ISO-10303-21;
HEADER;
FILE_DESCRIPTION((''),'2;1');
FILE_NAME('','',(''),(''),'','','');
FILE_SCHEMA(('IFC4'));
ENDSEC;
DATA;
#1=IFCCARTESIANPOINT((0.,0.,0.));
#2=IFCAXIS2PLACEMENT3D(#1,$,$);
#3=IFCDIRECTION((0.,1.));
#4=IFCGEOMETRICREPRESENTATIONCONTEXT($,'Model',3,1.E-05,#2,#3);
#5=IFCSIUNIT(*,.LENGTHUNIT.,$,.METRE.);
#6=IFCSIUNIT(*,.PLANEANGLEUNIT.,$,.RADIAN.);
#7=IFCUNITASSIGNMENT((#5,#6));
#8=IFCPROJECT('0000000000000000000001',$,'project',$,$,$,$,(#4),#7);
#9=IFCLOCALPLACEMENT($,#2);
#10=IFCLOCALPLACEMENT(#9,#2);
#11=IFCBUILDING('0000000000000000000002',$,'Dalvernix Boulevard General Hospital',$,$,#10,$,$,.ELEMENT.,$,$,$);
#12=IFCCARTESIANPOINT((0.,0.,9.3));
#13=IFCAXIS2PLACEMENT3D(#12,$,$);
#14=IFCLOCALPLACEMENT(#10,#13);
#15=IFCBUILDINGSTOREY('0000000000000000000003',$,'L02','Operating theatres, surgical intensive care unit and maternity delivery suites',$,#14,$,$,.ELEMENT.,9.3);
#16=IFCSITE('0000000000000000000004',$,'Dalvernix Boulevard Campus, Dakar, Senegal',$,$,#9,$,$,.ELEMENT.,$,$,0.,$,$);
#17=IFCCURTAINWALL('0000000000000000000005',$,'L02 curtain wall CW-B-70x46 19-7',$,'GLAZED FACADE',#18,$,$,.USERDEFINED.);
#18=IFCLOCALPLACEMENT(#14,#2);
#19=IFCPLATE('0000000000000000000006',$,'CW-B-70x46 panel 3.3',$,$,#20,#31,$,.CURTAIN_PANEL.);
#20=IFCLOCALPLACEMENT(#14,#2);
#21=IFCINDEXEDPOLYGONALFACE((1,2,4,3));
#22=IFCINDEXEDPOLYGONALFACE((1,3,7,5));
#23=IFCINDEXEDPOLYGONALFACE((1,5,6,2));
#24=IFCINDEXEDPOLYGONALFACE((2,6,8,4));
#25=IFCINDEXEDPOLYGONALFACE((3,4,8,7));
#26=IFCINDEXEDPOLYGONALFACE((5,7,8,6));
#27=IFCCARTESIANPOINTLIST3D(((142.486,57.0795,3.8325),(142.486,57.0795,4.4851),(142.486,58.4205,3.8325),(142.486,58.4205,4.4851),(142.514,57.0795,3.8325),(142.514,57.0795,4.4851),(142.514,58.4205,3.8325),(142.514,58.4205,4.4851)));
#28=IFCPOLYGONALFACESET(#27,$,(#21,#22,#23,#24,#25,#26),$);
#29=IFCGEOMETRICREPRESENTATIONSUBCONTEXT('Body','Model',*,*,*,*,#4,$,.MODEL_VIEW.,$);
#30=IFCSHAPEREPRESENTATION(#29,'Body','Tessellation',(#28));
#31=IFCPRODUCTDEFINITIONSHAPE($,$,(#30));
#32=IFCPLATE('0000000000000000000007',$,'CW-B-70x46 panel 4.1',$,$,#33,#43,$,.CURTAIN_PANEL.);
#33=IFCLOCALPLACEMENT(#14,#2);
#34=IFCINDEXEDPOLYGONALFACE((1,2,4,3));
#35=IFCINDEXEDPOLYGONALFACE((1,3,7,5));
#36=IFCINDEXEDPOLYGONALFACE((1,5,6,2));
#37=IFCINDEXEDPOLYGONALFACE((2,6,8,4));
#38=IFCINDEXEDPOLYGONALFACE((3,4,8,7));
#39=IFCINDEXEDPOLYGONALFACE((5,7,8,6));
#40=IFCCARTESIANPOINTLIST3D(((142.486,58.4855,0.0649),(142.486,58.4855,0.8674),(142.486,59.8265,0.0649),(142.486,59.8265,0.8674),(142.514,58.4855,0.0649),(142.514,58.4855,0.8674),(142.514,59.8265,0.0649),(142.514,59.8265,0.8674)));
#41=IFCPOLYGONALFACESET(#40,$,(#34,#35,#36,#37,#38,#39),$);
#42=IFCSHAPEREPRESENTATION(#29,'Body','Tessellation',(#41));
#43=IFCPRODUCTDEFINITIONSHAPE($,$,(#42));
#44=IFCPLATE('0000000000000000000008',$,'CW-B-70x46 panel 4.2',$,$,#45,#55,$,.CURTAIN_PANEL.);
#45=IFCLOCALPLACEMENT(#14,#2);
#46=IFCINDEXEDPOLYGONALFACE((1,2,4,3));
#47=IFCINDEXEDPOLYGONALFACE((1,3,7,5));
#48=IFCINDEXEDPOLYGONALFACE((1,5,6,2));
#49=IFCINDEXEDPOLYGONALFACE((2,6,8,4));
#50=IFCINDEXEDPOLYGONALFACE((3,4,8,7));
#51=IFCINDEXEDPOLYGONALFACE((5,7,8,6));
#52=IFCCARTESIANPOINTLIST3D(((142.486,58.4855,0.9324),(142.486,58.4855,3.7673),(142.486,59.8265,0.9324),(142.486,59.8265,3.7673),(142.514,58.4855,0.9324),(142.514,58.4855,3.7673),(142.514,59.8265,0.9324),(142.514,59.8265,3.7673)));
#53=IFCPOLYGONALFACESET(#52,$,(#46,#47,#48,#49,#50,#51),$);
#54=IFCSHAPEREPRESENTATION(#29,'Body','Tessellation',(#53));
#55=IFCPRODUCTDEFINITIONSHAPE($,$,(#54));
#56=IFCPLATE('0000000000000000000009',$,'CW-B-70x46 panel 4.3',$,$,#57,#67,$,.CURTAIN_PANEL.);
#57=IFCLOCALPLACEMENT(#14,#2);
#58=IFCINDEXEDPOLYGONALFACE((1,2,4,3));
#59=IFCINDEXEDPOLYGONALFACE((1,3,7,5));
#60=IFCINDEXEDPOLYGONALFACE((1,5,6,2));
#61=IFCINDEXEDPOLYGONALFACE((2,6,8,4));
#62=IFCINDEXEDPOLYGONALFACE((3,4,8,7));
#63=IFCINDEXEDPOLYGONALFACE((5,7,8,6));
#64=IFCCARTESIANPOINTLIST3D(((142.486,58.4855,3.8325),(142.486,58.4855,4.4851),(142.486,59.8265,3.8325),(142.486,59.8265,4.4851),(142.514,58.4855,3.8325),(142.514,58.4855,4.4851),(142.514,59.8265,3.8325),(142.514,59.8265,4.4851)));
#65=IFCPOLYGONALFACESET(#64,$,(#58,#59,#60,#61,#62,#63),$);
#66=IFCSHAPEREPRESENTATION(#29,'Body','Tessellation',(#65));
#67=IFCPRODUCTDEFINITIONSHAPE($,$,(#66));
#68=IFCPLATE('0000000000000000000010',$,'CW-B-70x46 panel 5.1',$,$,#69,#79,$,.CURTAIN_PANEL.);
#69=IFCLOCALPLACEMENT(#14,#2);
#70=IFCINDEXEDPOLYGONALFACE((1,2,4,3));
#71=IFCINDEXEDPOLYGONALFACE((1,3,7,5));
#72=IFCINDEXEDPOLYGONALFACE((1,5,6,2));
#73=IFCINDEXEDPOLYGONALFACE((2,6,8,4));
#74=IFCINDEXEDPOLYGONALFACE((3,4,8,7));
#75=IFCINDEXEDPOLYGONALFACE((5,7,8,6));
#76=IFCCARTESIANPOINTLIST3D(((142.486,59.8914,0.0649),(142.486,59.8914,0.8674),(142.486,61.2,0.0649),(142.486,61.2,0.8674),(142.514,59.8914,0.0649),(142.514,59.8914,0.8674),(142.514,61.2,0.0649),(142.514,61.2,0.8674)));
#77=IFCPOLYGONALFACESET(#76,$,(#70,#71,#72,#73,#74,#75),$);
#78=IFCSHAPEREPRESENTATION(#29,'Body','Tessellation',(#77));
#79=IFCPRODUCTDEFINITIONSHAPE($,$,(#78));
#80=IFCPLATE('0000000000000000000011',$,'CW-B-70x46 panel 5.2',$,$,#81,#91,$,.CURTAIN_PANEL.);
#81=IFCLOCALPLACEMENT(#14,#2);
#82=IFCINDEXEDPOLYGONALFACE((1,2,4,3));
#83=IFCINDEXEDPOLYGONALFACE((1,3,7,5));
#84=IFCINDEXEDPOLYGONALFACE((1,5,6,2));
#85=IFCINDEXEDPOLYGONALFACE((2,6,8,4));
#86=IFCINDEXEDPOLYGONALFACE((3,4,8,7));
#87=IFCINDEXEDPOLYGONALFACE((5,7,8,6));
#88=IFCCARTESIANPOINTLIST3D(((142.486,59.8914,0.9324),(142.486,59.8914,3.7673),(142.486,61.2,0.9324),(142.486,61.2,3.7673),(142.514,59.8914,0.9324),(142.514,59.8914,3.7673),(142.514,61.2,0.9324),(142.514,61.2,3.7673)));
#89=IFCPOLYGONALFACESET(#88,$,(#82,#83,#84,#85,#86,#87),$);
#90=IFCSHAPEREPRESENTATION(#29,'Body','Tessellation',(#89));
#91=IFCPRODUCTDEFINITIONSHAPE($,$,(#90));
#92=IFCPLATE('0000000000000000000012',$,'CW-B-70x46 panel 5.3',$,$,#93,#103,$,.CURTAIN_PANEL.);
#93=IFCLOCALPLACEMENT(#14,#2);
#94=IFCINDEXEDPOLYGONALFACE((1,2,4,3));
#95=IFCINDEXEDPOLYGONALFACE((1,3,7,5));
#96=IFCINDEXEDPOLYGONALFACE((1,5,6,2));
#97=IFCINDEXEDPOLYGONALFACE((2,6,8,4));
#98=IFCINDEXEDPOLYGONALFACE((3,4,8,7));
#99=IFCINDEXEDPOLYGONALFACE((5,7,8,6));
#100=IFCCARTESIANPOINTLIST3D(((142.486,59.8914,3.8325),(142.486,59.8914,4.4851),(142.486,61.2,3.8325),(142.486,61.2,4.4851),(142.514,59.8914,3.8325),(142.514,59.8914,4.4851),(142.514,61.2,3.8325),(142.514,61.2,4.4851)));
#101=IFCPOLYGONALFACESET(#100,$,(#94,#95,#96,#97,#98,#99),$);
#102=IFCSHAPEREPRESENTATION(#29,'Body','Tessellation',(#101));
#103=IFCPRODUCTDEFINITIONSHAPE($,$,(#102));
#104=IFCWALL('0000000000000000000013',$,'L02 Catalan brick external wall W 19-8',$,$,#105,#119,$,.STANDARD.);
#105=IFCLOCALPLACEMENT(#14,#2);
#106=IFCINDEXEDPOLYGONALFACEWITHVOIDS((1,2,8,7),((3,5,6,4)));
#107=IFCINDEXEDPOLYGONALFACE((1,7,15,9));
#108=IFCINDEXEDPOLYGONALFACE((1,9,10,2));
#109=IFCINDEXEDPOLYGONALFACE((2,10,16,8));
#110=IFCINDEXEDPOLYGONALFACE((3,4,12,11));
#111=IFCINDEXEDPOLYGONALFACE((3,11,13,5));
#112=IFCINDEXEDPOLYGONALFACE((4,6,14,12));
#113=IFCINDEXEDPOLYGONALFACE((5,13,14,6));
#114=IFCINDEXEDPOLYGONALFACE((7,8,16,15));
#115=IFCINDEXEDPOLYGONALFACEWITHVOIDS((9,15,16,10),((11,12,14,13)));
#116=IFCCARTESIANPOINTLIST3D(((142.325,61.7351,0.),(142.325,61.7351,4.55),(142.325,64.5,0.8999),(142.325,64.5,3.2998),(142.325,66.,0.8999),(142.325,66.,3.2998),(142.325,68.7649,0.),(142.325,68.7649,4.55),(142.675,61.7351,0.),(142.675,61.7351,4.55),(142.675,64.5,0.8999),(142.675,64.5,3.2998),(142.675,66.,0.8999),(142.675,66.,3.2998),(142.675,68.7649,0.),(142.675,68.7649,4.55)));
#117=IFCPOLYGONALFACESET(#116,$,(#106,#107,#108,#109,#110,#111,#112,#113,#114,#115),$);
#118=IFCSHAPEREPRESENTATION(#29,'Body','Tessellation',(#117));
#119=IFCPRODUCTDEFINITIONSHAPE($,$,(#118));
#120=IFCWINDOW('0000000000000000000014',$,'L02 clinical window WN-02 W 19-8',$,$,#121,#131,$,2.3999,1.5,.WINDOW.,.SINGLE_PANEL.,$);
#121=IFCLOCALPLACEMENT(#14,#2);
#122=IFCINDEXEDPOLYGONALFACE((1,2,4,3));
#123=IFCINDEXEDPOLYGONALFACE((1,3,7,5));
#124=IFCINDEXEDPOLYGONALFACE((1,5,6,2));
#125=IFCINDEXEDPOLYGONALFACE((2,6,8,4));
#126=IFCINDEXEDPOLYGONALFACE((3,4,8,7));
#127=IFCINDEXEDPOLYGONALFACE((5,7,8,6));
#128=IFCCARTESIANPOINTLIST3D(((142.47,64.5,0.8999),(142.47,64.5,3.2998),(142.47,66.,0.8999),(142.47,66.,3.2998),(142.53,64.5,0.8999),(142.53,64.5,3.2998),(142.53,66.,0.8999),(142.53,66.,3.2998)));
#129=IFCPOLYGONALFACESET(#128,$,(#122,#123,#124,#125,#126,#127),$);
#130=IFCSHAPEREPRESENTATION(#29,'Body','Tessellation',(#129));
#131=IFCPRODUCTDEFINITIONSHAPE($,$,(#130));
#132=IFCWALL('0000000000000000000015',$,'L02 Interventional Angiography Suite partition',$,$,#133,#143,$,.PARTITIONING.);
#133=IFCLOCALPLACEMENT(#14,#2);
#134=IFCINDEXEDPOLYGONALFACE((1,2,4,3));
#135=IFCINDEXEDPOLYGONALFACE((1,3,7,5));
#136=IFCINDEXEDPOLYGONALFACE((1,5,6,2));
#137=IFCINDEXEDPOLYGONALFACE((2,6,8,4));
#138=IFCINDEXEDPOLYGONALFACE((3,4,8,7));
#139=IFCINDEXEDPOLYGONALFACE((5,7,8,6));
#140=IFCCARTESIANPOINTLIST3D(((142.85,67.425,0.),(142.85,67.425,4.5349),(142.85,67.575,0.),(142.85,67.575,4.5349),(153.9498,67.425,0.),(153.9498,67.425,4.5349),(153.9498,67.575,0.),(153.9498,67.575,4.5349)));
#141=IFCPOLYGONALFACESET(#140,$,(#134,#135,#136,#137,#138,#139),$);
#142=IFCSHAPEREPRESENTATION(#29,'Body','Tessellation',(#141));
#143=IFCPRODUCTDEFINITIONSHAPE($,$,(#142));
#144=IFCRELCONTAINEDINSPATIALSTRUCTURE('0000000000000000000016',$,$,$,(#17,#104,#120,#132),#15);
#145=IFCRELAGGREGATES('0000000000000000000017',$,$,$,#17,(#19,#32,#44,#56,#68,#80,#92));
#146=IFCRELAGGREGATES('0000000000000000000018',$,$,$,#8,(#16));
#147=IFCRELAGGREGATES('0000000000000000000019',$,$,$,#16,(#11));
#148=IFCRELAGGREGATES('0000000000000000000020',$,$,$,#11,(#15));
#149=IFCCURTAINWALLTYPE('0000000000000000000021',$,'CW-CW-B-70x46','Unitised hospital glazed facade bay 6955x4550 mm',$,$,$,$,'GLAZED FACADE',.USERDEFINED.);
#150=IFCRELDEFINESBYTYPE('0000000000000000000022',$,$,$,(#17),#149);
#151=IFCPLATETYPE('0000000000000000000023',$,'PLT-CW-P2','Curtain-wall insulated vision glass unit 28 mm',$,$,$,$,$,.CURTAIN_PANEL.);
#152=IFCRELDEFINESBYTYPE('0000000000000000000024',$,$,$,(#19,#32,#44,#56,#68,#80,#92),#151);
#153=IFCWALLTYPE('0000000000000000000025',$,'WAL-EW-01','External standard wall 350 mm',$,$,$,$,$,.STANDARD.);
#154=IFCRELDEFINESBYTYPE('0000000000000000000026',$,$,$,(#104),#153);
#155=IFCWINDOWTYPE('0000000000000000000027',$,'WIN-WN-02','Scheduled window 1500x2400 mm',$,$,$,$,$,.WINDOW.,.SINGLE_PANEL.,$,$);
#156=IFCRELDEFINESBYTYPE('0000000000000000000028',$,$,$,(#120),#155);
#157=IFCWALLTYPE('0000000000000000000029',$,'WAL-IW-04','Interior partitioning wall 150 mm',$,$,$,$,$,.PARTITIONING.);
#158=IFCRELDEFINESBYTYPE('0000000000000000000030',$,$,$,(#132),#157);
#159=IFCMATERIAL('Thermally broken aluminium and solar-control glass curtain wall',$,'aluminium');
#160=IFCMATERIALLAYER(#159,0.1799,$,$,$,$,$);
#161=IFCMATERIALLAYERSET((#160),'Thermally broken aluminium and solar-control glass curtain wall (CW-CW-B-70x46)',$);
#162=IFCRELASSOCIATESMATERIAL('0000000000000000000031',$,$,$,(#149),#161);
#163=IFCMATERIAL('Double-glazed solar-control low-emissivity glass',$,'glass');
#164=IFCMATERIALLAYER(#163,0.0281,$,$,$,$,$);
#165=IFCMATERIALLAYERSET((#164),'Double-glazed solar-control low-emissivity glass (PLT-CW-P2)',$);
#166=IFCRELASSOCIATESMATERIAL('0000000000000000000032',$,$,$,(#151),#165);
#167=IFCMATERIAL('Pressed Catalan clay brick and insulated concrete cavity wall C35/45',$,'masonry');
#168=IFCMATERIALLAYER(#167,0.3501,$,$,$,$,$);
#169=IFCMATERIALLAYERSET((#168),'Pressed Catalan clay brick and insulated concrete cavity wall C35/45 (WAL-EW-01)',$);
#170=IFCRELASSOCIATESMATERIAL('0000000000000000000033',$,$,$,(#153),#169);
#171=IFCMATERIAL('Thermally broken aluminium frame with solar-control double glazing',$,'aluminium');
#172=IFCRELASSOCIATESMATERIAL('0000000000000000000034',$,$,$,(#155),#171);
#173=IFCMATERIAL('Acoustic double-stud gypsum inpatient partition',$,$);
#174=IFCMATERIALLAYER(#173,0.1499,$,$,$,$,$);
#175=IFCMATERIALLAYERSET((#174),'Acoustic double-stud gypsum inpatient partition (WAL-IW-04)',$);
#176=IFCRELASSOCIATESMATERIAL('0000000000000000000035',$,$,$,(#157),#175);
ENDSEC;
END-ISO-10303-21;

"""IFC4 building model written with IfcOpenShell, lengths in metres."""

from ifc_helpers import new_model, si_unit, direction, frame, frame_2d, origin, origin_2d, place, context, subcontext, project, spatial, rectangle, extrude, material, layer, layer_set, type_object, element, fill, aggregate, save


model = new_model("IFC4")

# Units and contexts
model_context = context("Model", 3, precision=1e-05, world=origin(), true_north=direction((0.0, 1.0)))
body_context = subcontext(model_context, "Body", "Model", "MODEL_VIEW")
ifc_project = project(units=[si_unit("LENGTHUNIT", "METRE"), si_unit("PLANEANGLEUNIT", "RADIAN")], contexts=[model_context])

# Site, building, storey
site_placement = place(None, origin())
site = spatial("IfcSite", under=ifc_project, at=site_placement, Name="Dalvernix Boulevard Campus, Dakar, Senegal", CompositionType="ELEMENT", RefElevation=0.0)
building_placement = place(site_placement, origin())
building = spatial("IfcBuilding", under=site, at=building_placement, Name="Dalvernix Boulevard General Hospital", CompositionType="ELEMENT")
storey_placement = place(building_placement, frame((0.0, 0.0, 9.3)))
storey = spatial("IfcBuildingStorey", under=building, at=storey_placement, Name="L02", Description="Operating theatres, surgical intensive care unit and maternity delivery suites", CompositionType="ELEMENT", Elevation=9.3)

# Curtain wall, plates
ifc_material_1 = material(Name="Thermally broken aluminium and solar-control glass curtain wall", Category="aluminium")
ifc_layer_1 = layer(ifc_material_1, 0.1799)
ifc_layer_set_1 = layer_set([ifc_layer_1], Name="Thermally broken aluminium and solar-control glass curtain wall (CW-CW-B-70x46)")
curtain_wall_type = type_object("IfcCurtainWallType", Name="CW-CW-B-70x46", Description="Unitised hospital glazed facade bay 6955x4550 mm", ElementType="GLAZED FACADE", PredefinedType="USERDEFINED", material=ifc_layer_set_1)
curtain_wall_placement = place(storey_placement, origin())
curtain_wall = element("IfcCurtainWall", 1, at=curtain_wall_placement, inside=storey, type_object=curtain_wall_type, Name="L02 curtain wall CW-B-70x46 19-7", ObjectType="GLAZED FACADE", PredefinedType="USERDEFINED")
ifc_material_2 = material(Name="Double-glazed solar-control low-emissivity glass", Category="glass")
ifc_layer_2 = layer(ifc_material_2, 0.0281)
ifc_layer_set_2 = layer_set([ifc_layer_2], Name="Double-glazed solar-control low-emissivity glass (PLT-CW-P2)")
plate_type = type_object("IfcPlateType", Name="PLT-CW-P2", Description="Curtain-wall insulated vision glass unit 28 mm", PredefinedType="CURTAIN_PANEL", material=ifc_layer_set_2)
plate_1_placement = place(storey_placement, frame((142.5, 57.75, 3.8325), z_axis=(0.0, 0.0, 1.0), x_axis=(0.0, 1.0, 0.0)))
plate_1 = element("IfcPlate", 2, at=plate_1_placement, type_object=plate_type, Name="CW-B-70x46 panel 3.3", PredefinedType="CURTAIN_PANEL", context=body_context, shape_type="SweptSolid", body=[
    extrude(rectangle(XDim=1.3411, YDim=0.0281, at=origin_2d()), origin(), (0.0, 0.0, 1.0), 0.6526),
])
plate_2_placement = place(storey_placement, frame((142.5, 59.156, 0.0649), z_axis=(0.0, 0.0, 1.0), x_axis=(0.0, 1.0, 0.0)))
plate_2 = element("IfcPlate", 3, at=plate_2_placement, type_object=plate_type, Name="CW-B-70x46 panel 4.1", PredefinedType="CURTAIN_PANEL", context=body_context, shape_type="SweptSolid", body=[
    extrude(rectangle(XDim=1.3411, YDim=0.0281, at=origin_2d()), origin(), (0.0, 0.0, 1.0), 0.8025),
])
plate_3_placement = place(storey_placement, frame((142.5, 59.156, 0.9324), z_axis=(0.0, 0.0, 1.0), x_axis=(0.0, 1.0, 0.0)))
plate_3 = element("IfcPlate", 4, at=plate_3_placement, type_object=plate_type, Name="CW-B-70x46 panel 4.2", PredefinedType="CURTAIN_PANEL", context=body_context, shape_type="SweptSolid", body=[
    extrude(rectangle(XDim=1.3411, YDim=0.0281, at=origin_2d()), origin(), (0.0, 0.0, 1.0), 2.835),
])
plate_4_placement = place(storey_placement, frame((142.5, 59.156, 3.8325), z_axis=(0.0, 0.0, 1.0), x_axis=(0.0, 1.0, 0.0)))
plate_4 = element("IfcPlate", 5, at=plate_4_placement, type_object=plate_type, Name="CW-B-70x46 panel 4.3", PredefinedType="CURTAIN_PANEL", context=body_context, shape_type="SweptSolid", body=[
    extrude(rectangle(XDim=1.3411, YDim=0.0281, at=origin_2d()), origin(), (0.0, 0.0, 1.0), 0.6526),
])
plate_5_placement = place(storey_placement, frame((142.5, 60.5457, 0.0649), z_axis=(0.0, 0.0, 1.0), x_axis=(0.0, 1.0, 0.0)))
plate_5 = element("IfcPlate", 6, at=plate_5_placement, type_object=plate_type, Name="CW-B-70x46 panel 5.1", PredefinedType="CURTAIN_PANEL", context=body_context, shape_type="SweptSolid", body=[
    extrude(rectangle(XDim=1.3086, YDim=0.0281, at=origin_2d()), origin(), (0.0, 0.0, 1.0), 0.8025),
])
plate_6_placement = place(storey_placement, frame((142.5, 60.5457, 0.9324), z_axis=(0.0, 0.0, 1.0), x_axis=(0.0, 1.0, 0.0)))
plate_6 = element("IfcPlate", 7, at=plate_6_placement, type_object=plate_type, Name="CW-B-70x46 panel 5.2", PredefinedType="CURTAIN_PANEL", context=body_context, shape_type="SweptSolid", body=[
    extrude(rectangle(XDim=1.3086, YDim=0.0281, at=origin_2d()), origin(), (0.0, 0.0, 1.0), 2.835),
])
plate_7_placement = place(storey_placement, frame((142.5, 60.5457, 3.8325), z_axis=(0.0, 0.0, 1.0), x_axis=(0.0, 1.0, 0.0)))
plate_7 = element("IfcPlate", 8, at=plate_7_placement, type_object=plate_type, Name="CW-B-70x46 panel 5.3", PredefinedType="CURTAIN_PANEL", context=body_context, shape_type="SweptSolid", body=[
    extrude(rectangle(XDim=1.3086, YDim=0.0281, at=origin_2d()), origin(), (0.0, 0.0, 1.0), 0.6526),
])
aggregate(curtain_wall, [plate_1, plate_2, plate_3, plate_4, plate_5, plate_6, plate_7])

# Wall, opening, window
ifc_material_3 = material(Name="Pressed Catalan clay brick and insulated concrete cavity wall C35/45", Category="masonry")
ifc_layer_3 = layer(ifc_material_3, 0.3501)
ifc_layer_set_3 = layer_set([ifc_layer_3], Name="Pressed Catalan clay brick and insulated concrete cavity wall C35/45 (WAL-EW-01)")
wall_type_1 = type_object("IfcWallType", Name="WAL-EW-01", Description="External standard wall 350 mm", PredefinedType="STANDARD", material=ifc_layer_set_3)
wall_1_placement = place(storey_placement, frame((142.5, 61.7351, 0.0), z_axis=(0.0, 0.0, 1.0), x_axis=(0.0, 1.0, 0.0)))
wall_1 = element("IfcWall", 9, at=wall_1_placement, inside=storey, type_object=wall_type_1, Name="L02 Catalan brick external wall W 19-8", PredefinedType="STANDARD", context=body_context, shape_type="SweptSolid", body=[
    extrude(rectangle(XDim=7.0298, YDim=0.3501, at=frame_2d((3.5149, 0.0))), origin(), (0.0, 0.0, 1.0), 4.55),
])
opening_placement = place(wall_1_placement, frame((2.7649, 0.0, 0.8999)))
opening = element("IfcOpeningElement", 10, at=opening_placement, cuts=wall_1, PredefinedType="OPENING", context=body_context, shape_type="SweptSolid", body=[
    extrude(rectangle(XDim=1.5, YDim=2.3999, at=frame_2d((0.75, 1.2))), frame((0.0, 0.1851, 0.0), z_axis=(0.0, -1.0, 0.0), x_axis=(1.0, 0.0, 0.0)), (0.0, 0.0, 1.0), 0.3701),
])
ifc_material_4 = material(Name="Thermally broken aluminium frame with solar-control double glazing", Category="aluminium")
window_type = type_object("IfcWindowType", Name="WIN-WN-02", Description="Scheduled window 1500x2400 mm", PartitioningType="SINGLE_PANEL", PredefinedType="WINDOW", material=ifc_material_4)
window_placement = place(opening_placement, origin())
window = element("IfcWindow", 11, at=window_placement, inside=storey, type_object=window_type, Name="L02 clinical window WN-02 W 19-8", OverallHeight=2.3999, OverallWidth=1.5, PartitioningType="SINGLE_PANEL", PredefinedType="WINDOW", context=body_context, shape_type="SweptSolid", body=[
    extrude(rectangle(XDim=1.5, YDim=2.3999, at=frame_2d((0.75, 1.2))), frame((0.0, 0.03, 0.0), z_axis=(0.0, -1.0, 0.0), x_axis=(1.0, 0.0, 0.0)), (0.0, 0.0, 1.0), 0.0601),
])
fill(opening, window)

# Wall
ifc_material_5 = material(Name="Acoustic double-stud gypsum inpatient partition")
ifc_layer_4 = layer(ifc_material_5, 0.1499)
ifc_layer_set_4 = layer_set([ifc_layer_4], Name="Acoustic double-stud gypsum inpatient partition (WAL-IW-04)")
wall_type_2 = type_object("IfcWallType", Name="WAL-IW-04", Description="Interior partitioning wall 150 mm", PredefinedType="PARTITIONING", material=ifc_layer_set_4)
wall_2_placement = place(storey_placement, frame((142.8501, 67.5, 0.0), z_axis=(0.0, 0.0, 1.0), x_axis=(1.0, 0.0, 0.0)))
element("IfcWall", 12, at=wall_2_placement, inside=storey, type_object=wall_type_2, Name="L02 Interventional Angiography Suite partition", PredefinedType="PARTITIONING", context=body_context, shape_type="SweptSolid", body=[
    extrude(rectangle(XDim=11.0999, YDim=0.1499, at=frame_2d((5.5498, 0.0))), origin(), (0.0, 0.0, 1.0), 4.5349),
])

save(model, "model.ifc")
